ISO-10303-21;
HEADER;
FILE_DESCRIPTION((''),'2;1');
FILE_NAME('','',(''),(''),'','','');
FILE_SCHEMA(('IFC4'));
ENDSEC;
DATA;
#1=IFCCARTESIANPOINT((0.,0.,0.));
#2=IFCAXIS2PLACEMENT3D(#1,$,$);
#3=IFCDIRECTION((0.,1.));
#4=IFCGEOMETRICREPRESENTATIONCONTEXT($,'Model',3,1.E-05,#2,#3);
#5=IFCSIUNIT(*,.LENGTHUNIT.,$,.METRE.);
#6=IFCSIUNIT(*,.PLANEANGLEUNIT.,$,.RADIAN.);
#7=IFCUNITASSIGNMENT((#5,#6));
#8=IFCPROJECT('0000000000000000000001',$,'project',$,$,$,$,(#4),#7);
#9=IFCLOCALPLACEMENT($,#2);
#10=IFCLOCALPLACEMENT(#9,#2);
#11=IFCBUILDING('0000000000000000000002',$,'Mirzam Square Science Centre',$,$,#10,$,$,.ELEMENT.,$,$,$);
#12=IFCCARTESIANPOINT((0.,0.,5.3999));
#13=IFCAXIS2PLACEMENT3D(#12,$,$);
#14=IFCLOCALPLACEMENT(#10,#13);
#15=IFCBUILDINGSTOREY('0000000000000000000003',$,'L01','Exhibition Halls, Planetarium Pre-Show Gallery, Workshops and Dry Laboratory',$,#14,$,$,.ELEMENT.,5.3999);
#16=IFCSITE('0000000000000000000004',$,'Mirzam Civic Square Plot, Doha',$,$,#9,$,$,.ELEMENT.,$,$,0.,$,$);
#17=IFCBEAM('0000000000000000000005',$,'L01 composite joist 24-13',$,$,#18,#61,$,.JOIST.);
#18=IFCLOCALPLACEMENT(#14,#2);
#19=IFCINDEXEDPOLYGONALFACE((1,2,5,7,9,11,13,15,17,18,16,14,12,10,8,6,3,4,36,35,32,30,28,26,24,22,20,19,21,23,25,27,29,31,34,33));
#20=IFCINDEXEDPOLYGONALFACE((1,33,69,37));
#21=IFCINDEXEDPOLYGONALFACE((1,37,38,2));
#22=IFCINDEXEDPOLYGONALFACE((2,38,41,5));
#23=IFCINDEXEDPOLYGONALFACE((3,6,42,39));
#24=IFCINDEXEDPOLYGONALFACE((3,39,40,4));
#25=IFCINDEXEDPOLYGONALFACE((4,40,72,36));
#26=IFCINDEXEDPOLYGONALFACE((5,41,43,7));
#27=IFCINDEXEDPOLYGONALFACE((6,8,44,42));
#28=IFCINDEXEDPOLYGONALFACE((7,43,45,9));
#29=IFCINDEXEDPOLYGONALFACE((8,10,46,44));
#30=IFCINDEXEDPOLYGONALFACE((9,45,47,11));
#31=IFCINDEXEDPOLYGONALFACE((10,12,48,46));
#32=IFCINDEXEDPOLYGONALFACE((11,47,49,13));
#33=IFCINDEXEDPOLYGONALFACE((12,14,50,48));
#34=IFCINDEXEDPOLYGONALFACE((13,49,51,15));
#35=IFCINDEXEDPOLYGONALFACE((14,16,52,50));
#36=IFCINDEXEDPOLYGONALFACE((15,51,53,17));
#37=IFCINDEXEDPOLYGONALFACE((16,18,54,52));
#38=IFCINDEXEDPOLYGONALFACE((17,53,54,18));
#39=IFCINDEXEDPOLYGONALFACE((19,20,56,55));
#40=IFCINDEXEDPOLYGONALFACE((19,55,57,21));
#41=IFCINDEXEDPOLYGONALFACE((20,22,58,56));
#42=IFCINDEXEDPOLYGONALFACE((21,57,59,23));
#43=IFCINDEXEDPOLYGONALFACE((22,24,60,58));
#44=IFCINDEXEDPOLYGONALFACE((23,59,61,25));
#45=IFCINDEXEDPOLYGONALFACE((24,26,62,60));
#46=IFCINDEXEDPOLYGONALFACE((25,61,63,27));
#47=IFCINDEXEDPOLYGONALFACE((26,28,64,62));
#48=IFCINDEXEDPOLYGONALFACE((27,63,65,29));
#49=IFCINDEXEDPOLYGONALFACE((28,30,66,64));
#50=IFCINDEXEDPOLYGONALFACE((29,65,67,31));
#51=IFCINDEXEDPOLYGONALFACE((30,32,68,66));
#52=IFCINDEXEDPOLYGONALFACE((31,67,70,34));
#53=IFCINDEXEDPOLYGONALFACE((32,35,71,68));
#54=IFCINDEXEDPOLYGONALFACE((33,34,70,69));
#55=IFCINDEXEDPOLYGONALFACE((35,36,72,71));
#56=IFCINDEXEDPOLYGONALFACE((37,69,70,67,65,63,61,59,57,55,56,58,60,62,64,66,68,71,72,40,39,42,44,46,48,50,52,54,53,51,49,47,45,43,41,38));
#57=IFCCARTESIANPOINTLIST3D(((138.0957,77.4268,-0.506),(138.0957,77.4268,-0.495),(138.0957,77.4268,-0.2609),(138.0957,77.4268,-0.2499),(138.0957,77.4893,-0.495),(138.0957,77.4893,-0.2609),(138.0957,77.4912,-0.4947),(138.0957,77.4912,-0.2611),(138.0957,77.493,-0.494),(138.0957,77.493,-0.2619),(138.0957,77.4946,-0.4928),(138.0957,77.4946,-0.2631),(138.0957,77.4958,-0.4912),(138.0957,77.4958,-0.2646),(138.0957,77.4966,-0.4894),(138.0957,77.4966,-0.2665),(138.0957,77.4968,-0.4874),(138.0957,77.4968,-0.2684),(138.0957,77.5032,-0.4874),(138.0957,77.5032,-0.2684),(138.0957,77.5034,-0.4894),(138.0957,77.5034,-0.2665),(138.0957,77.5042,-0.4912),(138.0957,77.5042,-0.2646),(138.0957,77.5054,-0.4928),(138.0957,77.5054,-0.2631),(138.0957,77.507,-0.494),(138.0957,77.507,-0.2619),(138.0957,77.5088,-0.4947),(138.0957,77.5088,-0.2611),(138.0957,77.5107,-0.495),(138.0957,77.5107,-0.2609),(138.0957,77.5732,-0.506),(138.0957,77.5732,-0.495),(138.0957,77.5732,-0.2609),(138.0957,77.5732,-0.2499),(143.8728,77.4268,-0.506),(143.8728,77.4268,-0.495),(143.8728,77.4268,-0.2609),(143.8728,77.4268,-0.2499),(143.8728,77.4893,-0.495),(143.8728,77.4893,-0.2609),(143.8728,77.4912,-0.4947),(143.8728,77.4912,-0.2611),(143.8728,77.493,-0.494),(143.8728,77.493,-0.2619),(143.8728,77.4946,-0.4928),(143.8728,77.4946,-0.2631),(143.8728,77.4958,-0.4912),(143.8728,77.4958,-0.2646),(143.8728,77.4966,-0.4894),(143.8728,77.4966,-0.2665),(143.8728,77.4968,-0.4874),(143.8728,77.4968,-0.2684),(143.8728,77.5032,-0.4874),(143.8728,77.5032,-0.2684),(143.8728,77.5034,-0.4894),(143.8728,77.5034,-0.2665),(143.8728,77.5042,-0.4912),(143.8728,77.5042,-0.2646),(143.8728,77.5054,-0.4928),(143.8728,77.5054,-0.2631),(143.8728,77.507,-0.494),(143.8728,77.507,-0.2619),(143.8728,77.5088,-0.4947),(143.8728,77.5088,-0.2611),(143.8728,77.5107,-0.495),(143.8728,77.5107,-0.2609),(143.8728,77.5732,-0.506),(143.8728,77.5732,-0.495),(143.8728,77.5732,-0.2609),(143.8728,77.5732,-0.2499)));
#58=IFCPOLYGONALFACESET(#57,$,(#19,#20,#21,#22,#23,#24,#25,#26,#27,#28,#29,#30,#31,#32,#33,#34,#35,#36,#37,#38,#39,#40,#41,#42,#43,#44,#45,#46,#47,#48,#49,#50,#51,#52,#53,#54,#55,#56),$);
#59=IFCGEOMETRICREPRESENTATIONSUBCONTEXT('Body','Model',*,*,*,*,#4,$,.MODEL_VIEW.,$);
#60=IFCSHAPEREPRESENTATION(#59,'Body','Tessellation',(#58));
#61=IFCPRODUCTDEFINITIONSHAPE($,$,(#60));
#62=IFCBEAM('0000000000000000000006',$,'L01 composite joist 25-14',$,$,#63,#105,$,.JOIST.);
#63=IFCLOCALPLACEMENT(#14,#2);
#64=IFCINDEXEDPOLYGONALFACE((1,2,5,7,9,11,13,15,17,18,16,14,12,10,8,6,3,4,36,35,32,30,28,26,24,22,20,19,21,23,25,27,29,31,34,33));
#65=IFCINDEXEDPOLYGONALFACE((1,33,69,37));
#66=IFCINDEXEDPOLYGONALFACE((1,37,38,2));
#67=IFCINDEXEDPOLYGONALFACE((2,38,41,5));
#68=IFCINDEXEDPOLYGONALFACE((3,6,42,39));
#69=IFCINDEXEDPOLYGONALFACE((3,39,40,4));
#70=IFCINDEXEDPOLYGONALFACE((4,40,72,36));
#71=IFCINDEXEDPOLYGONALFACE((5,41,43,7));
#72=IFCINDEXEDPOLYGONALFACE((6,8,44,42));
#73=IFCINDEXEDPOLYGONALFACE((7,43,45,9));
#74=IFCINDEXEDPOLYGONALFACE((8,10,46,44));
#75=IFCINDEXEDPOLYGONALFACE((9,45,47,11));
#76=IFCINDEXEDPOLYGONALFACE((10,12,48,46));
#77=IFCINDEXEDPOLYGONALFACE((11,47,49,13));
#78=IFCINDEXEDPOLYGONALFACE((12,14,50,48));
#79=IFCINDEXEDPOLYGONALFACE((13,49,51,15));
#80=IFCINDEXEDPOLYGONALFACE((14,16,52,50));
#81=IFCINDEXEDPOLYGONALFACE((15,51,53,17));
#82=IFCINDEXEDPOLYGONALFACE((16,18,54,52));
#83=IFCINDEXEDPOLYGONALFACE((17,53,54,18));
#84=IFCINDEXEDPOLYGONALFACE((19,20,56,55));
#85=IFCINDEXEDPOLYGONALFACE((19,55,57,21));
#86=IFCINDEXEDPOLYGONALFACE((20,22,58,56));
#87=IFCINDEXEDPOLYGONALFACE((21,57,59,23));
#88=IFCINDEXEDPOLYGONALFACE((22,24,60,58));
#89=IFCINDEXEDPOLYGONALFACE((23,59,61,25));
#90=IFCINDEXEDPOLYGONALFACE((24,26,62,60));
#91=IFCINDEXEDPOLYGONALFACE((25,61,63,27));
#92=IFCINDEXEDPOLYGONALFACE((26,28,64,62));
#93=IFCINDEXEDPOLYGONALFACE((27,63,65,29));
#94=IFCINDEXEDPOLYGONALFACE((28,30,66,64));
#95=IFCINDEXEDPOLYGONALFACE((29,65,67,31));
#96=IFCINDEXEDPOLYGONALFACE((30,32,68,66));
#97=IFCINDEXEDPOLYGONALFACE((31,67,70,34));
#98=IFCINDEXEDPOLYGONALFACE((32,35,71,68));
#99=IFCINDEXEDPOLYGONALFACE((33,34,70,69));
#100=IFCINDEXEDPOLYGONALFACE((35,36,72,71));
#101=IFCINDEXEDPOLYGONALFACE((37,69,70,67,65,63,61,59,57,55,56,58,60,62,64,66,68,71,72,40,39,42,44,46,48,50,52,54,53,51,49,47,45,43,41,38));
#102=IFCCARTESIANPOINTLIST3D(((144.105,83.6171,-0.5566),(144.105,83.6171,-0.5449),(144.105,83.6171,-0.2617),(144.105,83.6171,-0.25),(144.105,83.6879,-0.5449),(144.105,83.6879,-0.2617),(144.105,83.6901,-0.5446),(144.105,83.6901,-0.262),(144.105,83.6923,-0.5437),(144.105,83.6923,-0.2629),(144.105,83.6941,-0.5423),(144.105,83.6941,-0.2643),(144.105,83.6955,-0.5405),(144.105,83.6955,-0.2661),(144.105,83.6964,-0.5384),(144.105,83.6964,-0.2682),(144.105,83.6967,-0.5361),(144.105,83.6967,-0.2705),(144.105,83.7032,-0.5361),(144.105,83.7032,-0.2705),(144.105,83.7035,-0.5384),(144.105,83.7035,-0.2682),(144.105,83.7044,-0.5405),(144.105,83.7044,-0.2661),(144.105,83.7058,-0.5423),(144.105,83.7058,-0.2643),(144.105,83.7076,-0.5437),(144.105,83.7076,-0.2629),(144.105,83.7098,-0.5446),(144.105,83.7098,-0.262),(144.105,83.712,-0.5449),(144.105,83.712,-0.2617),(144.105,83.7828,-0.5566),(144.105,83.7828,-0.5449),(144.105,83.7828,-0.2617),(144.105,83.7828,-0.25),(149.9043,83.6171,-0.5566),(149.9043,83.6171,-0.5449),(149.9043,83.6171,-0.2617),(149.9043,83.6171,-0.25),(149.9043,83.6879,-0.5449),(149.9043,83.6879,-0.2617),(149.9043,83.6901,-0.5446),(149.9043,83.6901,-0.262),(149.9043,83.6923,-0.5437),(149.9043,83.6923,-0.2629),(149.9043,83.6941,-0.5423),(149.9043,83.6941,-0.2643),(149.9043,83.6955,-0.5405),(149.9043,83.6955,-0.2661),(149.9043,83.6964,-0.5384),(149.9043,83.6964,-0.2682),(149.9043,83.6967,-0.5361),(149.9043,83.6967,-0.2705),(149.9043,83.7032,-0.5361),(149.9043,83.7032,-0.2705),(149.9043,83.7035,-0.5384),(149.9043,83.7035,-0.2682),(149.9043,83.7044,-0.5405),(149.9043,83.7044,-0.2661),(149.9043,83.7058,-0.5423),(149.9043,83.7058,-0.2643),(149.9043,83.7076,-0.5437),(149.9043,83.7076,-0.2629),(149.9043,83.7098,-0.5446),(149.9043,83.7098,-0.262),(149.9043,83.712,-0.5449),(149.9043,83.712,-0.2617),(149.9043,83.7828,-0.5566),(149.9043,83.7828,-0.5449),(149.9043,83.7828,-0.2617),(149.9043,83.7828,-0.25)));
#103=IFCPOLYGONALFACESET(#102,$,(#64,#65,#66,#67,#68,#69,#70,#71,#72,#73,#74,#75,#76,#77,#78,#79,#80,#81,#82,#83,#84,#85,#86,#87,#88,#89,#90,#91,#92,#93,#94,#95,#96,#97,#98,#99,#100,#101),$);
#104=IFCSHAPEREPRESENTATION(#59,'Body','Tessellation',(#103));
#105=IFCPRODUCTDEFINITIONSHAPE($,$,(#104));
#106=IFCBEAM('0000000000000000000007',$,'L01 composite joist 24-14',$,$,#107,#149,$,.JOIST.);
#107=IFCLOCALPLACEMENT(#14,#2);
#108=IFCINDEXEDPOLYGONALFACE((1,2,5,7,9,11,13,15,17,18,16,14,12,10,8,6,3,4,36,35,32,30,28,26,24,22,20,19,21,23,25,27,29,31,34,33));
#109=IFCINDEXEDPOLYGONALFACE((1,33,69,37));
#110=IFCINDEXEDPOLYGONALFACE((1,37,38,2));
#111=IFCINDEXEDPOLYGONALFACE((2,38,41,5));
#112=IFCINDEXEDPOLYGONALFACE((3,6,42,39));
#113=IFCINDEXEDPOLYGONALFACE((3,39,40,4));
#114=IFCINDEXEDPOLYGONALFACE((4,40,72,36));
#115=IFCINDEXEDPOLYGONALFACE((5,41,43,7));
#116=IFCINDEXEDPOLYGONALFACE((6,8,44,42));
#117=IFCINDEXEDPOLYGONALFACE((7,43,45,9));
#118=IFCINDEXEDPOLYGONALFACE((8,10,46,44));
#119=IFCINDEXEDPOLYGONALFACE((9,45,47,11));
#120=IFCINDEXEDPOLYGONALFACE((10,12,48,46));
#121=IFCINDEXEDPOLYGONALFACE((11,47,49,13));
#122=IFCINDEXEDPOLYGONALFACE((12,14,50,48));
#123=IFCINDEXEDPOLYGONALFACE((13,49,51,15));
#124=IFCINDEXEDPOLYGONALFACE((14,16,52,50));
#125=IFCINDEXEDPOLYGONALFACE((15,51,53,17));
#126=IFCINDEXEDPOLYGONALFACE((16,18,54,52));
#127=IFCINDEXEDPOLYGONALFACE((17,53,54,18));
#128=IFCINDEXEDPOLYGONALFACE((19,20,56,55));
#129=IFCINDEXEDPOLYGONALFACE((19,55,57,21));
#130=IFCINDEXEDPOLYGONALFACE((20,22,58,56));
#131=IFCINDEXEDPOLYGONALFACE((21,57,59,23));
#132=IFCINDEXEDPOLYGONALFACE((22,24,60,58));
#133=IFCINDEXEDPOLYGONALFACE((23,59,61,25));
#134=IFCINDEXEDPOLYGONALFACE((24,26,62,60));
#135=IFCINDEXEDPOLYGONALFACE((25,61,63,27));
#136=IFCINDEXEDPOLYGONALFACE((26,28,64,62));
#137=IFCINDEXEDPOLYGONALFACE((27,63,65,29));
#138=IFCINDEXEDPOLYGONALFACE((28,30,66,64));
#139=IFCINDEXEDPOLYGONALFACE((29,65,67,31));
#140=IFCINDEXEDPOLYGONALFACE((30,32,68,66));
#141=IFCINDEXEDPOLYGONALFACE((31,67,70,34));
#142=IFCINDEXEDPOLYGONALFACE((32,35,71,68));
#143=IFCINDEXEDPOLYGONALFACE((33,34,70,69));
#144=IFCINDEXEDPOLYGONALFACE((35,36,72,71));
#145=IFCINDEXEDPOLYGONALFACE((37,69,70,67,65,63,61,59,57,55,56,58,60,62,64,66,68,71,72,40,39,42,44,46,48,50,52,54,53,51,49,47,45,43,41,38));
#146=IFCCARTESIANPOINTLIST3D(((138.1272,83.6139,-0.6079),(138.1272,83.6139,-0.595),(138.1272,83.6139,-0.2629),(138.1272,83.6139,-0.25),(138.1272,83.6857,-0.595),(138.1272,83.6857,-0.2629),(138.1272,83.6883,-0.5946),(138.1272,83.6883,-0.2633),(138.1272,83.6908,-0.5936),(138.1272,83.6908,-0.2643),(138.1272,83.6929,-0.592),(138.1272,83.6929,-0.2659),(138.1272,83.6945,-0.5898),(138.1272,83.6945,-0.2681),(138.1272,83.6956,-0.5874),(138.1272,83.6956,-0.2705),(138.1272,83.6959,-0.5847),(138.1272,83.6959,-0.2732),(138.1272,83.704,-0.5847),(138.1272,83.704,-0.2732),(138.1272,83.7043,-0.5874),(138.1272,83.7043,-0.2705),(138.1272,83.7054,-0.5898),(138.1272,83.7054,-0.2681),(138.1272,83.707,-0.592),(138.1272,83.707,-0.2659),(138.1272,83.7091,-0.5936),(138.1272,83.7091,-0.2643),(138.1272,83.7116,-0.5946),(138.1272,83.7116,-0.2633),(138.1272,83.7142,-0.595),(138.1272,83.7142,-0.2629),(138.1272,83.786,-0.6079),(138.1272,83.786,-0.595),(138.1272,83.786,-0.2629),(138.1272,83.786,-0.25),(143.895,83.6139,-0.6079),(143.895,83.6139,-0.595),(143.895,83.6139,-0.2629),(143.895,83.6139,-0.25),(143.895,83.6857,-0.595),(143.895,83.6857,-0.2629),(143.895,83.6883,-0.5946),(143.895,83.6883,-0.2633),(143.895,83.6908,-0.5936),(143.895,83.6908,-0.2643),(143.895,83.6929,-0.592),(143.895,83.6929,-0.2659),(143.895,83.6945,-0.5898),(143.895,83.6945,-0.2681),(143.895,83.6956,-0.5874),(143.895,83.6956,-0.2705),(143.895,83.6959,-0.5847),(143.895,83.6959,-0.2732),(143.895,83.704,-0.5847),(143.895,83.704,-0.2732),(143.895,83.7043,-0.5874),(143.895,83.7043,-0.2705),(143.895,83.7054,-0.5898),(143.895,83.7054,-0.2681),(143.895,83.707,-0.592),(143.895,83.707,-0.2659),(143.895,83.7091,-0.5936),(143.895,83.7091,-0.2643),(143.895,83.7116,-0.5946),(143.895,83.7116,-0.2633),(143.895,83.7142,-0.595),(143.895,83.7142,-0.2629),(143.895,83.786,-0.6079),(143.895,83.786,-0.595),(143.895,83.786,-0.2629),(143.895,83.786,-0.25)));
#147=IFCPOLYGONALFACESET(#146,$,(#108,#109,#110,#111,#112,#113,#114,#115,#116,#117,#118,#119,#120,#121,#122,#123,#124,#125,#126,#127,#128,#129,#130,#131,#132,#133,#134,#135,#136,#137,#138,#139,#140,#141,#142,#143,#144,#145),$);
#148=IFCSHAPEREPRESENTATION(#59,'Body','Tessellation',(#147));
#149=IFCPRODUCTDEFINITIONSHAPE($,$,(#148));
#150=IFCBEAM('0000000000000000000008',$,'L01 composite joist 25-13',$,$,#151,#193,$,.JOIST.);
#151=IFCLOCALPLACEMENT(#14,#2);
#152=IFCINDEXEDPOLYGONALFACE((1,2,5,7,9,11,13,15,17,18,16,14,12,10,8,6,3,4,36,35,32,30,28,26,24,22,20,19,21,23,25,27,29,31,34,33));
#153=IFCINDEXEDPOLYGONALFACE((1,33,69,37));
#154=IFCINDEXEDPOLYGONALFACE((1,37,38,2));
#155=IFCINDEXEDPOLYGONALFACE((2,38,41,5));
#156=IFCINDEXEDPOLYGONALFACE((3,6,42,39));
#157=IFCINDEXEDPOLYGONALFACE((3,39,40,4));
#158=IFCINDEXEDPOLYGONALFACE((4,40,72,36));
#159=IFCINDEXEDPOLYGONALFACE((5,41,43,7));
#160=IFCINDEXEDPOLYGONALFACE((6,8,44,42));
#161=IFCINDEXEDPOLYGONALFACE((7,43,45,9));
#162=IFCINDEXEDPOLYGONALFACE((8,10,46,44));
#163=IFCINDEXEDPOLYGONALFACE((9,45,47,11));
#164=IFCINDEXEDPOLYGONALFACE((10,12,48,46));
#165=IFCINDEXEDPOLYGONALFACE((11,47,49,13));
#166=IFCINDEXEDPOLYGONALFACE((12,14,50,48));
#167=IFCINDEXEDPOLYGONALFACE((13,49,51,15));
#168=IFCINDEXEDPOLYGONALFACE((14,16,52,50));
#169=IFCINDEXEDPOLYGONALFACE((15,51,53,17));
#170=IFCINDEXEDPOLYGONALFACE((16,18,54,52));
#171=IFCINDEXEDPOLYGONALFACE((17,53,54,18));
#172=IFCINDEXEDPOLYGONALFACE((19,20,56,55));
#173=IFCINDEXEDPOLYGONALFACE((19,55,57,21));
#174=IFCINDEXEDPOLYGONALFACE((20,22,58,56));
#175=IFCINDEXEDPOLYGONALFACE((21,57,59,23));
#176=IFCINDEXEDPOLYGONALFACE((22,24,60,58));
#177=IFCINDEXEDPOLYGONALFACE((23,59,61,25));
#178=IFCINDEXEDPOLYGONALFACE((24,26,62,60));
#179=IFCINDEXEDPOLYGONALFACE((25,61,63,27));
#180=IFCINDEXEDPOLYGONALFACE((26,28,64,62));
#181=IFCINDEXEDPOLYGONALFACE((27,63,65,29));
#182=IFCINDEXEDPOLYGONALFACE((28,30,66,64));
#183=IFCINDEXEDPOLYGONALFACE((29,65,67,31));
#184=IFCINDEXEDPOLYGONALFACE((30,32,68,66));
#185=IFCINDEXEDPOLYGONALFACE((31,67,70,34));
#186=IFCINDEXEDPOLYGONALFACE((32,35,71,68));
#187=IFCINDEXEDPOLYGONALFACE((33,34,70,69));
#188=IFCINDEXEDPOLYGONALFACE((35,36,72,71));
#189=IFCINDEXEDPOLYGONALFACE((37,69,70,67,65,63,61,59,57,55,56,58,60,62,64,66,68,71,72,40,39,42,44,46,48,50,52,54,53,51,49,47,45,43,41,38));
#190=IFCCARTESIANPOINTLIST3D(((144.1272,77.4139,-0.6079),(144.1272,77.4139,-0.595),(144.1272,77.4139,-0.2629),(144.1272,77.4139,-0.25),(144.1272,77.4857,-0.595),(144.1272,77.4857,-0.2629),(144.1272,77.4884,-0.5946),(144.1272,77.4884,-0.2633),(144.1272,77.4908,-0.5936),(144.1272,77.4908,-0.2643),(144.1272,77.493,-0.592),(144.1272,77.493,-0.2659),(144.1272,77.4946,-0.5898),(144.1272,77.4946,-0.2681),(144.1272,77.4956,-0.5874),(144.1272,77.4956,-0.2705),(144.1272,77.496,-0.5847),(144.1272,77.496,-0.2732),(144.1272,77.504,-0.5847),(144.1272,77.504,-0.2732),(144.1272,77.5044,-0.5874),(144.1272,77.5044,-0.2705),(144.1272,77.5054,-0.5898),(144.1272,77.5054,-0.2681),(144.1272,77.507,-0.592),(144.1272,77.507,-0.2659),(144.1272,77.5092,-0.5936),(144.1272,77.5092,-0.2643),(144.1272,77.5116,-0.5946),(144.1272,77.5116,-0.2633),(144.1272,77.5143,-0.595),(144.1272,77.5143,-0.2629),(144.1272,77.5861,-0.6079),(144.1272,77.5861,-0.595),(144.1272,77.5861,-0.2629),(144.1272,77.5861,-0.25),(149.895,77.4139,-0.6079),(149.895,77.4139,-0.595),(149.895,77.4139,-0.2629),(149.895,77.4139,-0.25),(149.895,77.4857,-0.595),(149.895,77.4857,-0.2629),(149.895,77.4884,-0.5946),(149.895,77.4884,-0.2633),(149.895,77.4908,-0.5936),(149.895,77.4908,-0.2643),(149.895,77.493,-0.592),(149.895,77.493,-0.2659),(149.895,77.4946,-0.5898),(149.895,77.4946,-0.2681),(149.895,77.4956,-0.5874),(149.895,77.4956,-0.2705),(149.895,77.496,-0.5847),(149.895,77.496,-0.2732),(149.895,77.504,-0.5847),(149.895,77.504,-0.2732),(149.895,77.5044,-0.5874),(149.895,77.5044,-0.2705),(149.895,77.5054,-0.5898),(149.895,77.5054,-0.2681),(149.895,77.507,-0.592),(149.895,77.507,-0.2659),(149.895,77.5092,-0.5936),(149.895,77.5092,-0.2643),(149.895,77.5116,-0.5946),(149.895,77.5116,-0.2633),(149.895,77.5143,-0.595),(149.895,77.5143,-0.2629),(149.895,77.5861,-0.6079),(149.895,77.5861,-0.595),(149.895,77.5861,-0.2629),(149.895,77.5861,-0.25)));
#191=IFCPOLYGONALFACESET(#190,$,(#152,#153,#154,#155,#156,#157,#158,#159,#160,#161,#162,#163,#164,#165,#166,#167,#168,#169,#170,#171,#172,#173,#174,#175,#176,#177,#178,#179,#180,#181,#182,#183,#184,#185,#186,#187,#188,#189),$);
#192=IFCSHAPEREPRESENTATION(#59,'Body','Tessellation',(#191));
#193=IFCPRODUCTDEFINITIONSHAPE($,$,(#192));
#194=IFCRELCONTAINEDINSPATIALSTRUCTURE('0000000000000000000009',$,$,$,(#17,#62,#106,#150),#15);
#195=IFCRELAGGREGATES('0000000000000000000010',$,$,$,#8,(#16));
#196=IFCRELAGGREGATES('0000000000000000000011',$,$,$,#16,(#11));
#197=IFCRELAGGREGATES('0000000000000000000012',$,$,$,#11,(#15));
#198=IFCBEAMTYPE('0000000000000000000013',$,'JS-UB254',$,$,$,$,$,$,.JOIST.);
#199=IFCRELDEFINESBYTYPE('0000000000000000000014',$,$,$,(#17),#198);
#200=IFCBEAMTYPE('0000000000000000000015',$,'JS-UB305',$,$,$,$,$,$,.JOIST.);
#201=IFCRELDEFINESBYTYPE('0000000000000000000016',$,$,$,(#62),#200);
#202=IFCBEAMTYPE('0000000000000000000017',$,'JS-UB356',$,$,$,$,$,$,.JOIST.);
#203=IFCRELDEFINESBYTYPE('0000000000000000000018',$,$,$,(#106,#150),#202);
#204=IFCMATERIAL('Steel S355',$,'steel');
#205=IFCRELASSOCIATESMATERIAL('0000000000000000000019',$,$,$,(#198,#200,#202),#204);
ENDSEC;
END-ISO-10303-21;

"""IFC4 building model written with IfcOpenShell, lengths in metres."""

from ifc_helpers import new_model, si_unit, direction, frame, origin, origin_2d, place, context, subcontext, project, spatial, i_section, extrude, material, material_profile, profile_set, type_object, element, save


model = new_model("IFC4")

# Units and contexts
model_context = context("Model", 3, precision=1e-05, world=origin(), true_north=direction((0.0, 1.0)))
body_context = subcontext(model_context, "Body", "Model", "MODEL_VIEW")
ifc_project = project(units=[si_unit("LENGTHUNIT", "METRE"), si_unit("PLANEANGLEUNIT", "RADIAN")], contexts=[model_context])

# Site, building, storey
site_placement = place(None, origin())
site = spatial("IfcSite", under=ifc_project, at=site_placement, Name="Mirzam Civic Square Plot, Doha", CompositionType="ELEMENT", RefElevation=0.0)
building_placement = place(site_placement, origin())
building = spatial("IfcBuilding", under=site, at=building_placement, Name="Mirzam Square Science Centre", CompositionType="ELEMENT")
storey_placement = place(building_placement, frame((0.0, 0.0, 5.3999)))
storey = spatial("IfcBuildingStorey", under=building, at=storey_placement, Name="L01", Description="Exhibition Halls, Planetarium Pre-Show Gallery, Workshops and Dry Laboratory", CompositionType="ELEMENT", Elevation=5.3999)

# Shared definitions
ifc_material_1 = material(Name="Steel S355", Category="steel")

# Beams
ifc_material_profile_1 = material_profile(ifc_material_1, i_section(OverallWidth=0.1465, OverallDepth=0.2561, WebThickness=0.0063, FlangeThickness=0.011, FilletRadius=0.0076, at=origin_2d()), Name="254x146x37UB")
ifc_profile_set_1 = profile_set([ifc_material_profile_1], Name="Steel S355")
beam_type_1 = type_object("IfcBeamType", Name="JS-UB254", PredefinedType="JOIST", material=ifc_profile_set_1)
beam_1_placement = place(storey_placement, frame((138.0957, 77.5, -0.3779), z_axis=(1.0, 0.0, 0.0), x_axis=(0.0, 1.0, 0.0)))
element("IfcBeam", 1, at=beam_1_placement, inside=storey, type_object=beam_type_1, Name="L01 composite joist 24-13", PredefinedType="JOIST", context=body_context, shape_type="SweptSolid", body=[
    extrude(i_section(OverallWidth=0.1465, OverallDepth=0.2561, WebThickness=0.0063, FlangeThickness=0.011, FilletRadius=0.0076, at=origin_2d()), origin(), (0.0, 0.0, 1.0), 5.7771),
])
ifc_material_profile_2 = material_profile(ifc_material_1, i_section(OverallWidth=0.1658, OverallDepth=0.3066, WebThickness=0.0066, FlangeThickness=0.0117, FilletRadius=0.0088, at=origin_2d()), Name="305x165x46UB")
ifc_profile_set_2 = profile_set([ifc_material_profile_2], Name="Steel S355")
beam_type_2 = type_object("IfcBeamType", Name="JS-UB305", PredefinedType="JOIST", material=ifc_profile_set_2)
beam_2_placement = place(storey_placement, frame((144.105, 83.7, -0.4033), z_axis=(1.0, 0.0, 0.0), x_axis=(0.0, 1.0, 0.0)))
element("IfcBeam", 2, at=beam_2_placement, inside=storey, type_object=beam_type_2, Name="L01 composite joist 25-14", PredefinedType="JOIST", context=body_context, shape_type="SweptSolid", body=[
    extrude(i_section(OverallWidth=0.1658, OverallDepth=0.3066, WebThickness=0.0066, FlangeThickness=0.0117, FilletRadius=0.0088, at=origin_2d()), origin(), (0.0, 0.0, 1.0), 5.7993),
])
ifc_material_profile_3 = material_profile(ifc_material_1, i_section(OverallWidth=0.1721, OverallDepth=0.3579, WebThickness=0.0081, FlangeThickness=0.0129, FilletRadius=0.0103, at=origin_2d()), Name="356x171x57UB")
ifc_profile_set_3 = profile_set([ifc_material_profile_3], Name="Steel S355")
beam_type_3 = type_object("IfcBeamType", Name="JS-UB356", PredefinedType="JOIST", material=ifc_profile_set_3)
for number, where, z_axis, x_axis, name in (
    (3, (138.1272, 83.7, -0.429), (1.0, 0.0, 0.0), (0.0, 1.0, 0.0), "L01 composite joist 24-14"),
    (4, (144.1272, 77.5, -0.429), (1.0, 0.0, 0.0), (0.0, 1.0, 0.0), "L01 composite joist 25-13"),
):
    element("IfcBeam", number, at=place(storey_placement, frame(where, z_axis=z_axis, x_axis=x_axis)), inside=storey, type_object=beam_type_3, Name=name, PredefinedType="JOIST", context=body_context, shape_type="SweptSolid", body=[
        extrude(i_section(OverallWidth=0.1721, OverallDepth=0.3579, WebThickness=0.0081, FlangeThickness=0.0129, FilletRadius=0.0103, at=origin_2d()), origin(), (0.0, 0.0, 1.0), 5.7678),
    ])

save(model, "model.ifc")
